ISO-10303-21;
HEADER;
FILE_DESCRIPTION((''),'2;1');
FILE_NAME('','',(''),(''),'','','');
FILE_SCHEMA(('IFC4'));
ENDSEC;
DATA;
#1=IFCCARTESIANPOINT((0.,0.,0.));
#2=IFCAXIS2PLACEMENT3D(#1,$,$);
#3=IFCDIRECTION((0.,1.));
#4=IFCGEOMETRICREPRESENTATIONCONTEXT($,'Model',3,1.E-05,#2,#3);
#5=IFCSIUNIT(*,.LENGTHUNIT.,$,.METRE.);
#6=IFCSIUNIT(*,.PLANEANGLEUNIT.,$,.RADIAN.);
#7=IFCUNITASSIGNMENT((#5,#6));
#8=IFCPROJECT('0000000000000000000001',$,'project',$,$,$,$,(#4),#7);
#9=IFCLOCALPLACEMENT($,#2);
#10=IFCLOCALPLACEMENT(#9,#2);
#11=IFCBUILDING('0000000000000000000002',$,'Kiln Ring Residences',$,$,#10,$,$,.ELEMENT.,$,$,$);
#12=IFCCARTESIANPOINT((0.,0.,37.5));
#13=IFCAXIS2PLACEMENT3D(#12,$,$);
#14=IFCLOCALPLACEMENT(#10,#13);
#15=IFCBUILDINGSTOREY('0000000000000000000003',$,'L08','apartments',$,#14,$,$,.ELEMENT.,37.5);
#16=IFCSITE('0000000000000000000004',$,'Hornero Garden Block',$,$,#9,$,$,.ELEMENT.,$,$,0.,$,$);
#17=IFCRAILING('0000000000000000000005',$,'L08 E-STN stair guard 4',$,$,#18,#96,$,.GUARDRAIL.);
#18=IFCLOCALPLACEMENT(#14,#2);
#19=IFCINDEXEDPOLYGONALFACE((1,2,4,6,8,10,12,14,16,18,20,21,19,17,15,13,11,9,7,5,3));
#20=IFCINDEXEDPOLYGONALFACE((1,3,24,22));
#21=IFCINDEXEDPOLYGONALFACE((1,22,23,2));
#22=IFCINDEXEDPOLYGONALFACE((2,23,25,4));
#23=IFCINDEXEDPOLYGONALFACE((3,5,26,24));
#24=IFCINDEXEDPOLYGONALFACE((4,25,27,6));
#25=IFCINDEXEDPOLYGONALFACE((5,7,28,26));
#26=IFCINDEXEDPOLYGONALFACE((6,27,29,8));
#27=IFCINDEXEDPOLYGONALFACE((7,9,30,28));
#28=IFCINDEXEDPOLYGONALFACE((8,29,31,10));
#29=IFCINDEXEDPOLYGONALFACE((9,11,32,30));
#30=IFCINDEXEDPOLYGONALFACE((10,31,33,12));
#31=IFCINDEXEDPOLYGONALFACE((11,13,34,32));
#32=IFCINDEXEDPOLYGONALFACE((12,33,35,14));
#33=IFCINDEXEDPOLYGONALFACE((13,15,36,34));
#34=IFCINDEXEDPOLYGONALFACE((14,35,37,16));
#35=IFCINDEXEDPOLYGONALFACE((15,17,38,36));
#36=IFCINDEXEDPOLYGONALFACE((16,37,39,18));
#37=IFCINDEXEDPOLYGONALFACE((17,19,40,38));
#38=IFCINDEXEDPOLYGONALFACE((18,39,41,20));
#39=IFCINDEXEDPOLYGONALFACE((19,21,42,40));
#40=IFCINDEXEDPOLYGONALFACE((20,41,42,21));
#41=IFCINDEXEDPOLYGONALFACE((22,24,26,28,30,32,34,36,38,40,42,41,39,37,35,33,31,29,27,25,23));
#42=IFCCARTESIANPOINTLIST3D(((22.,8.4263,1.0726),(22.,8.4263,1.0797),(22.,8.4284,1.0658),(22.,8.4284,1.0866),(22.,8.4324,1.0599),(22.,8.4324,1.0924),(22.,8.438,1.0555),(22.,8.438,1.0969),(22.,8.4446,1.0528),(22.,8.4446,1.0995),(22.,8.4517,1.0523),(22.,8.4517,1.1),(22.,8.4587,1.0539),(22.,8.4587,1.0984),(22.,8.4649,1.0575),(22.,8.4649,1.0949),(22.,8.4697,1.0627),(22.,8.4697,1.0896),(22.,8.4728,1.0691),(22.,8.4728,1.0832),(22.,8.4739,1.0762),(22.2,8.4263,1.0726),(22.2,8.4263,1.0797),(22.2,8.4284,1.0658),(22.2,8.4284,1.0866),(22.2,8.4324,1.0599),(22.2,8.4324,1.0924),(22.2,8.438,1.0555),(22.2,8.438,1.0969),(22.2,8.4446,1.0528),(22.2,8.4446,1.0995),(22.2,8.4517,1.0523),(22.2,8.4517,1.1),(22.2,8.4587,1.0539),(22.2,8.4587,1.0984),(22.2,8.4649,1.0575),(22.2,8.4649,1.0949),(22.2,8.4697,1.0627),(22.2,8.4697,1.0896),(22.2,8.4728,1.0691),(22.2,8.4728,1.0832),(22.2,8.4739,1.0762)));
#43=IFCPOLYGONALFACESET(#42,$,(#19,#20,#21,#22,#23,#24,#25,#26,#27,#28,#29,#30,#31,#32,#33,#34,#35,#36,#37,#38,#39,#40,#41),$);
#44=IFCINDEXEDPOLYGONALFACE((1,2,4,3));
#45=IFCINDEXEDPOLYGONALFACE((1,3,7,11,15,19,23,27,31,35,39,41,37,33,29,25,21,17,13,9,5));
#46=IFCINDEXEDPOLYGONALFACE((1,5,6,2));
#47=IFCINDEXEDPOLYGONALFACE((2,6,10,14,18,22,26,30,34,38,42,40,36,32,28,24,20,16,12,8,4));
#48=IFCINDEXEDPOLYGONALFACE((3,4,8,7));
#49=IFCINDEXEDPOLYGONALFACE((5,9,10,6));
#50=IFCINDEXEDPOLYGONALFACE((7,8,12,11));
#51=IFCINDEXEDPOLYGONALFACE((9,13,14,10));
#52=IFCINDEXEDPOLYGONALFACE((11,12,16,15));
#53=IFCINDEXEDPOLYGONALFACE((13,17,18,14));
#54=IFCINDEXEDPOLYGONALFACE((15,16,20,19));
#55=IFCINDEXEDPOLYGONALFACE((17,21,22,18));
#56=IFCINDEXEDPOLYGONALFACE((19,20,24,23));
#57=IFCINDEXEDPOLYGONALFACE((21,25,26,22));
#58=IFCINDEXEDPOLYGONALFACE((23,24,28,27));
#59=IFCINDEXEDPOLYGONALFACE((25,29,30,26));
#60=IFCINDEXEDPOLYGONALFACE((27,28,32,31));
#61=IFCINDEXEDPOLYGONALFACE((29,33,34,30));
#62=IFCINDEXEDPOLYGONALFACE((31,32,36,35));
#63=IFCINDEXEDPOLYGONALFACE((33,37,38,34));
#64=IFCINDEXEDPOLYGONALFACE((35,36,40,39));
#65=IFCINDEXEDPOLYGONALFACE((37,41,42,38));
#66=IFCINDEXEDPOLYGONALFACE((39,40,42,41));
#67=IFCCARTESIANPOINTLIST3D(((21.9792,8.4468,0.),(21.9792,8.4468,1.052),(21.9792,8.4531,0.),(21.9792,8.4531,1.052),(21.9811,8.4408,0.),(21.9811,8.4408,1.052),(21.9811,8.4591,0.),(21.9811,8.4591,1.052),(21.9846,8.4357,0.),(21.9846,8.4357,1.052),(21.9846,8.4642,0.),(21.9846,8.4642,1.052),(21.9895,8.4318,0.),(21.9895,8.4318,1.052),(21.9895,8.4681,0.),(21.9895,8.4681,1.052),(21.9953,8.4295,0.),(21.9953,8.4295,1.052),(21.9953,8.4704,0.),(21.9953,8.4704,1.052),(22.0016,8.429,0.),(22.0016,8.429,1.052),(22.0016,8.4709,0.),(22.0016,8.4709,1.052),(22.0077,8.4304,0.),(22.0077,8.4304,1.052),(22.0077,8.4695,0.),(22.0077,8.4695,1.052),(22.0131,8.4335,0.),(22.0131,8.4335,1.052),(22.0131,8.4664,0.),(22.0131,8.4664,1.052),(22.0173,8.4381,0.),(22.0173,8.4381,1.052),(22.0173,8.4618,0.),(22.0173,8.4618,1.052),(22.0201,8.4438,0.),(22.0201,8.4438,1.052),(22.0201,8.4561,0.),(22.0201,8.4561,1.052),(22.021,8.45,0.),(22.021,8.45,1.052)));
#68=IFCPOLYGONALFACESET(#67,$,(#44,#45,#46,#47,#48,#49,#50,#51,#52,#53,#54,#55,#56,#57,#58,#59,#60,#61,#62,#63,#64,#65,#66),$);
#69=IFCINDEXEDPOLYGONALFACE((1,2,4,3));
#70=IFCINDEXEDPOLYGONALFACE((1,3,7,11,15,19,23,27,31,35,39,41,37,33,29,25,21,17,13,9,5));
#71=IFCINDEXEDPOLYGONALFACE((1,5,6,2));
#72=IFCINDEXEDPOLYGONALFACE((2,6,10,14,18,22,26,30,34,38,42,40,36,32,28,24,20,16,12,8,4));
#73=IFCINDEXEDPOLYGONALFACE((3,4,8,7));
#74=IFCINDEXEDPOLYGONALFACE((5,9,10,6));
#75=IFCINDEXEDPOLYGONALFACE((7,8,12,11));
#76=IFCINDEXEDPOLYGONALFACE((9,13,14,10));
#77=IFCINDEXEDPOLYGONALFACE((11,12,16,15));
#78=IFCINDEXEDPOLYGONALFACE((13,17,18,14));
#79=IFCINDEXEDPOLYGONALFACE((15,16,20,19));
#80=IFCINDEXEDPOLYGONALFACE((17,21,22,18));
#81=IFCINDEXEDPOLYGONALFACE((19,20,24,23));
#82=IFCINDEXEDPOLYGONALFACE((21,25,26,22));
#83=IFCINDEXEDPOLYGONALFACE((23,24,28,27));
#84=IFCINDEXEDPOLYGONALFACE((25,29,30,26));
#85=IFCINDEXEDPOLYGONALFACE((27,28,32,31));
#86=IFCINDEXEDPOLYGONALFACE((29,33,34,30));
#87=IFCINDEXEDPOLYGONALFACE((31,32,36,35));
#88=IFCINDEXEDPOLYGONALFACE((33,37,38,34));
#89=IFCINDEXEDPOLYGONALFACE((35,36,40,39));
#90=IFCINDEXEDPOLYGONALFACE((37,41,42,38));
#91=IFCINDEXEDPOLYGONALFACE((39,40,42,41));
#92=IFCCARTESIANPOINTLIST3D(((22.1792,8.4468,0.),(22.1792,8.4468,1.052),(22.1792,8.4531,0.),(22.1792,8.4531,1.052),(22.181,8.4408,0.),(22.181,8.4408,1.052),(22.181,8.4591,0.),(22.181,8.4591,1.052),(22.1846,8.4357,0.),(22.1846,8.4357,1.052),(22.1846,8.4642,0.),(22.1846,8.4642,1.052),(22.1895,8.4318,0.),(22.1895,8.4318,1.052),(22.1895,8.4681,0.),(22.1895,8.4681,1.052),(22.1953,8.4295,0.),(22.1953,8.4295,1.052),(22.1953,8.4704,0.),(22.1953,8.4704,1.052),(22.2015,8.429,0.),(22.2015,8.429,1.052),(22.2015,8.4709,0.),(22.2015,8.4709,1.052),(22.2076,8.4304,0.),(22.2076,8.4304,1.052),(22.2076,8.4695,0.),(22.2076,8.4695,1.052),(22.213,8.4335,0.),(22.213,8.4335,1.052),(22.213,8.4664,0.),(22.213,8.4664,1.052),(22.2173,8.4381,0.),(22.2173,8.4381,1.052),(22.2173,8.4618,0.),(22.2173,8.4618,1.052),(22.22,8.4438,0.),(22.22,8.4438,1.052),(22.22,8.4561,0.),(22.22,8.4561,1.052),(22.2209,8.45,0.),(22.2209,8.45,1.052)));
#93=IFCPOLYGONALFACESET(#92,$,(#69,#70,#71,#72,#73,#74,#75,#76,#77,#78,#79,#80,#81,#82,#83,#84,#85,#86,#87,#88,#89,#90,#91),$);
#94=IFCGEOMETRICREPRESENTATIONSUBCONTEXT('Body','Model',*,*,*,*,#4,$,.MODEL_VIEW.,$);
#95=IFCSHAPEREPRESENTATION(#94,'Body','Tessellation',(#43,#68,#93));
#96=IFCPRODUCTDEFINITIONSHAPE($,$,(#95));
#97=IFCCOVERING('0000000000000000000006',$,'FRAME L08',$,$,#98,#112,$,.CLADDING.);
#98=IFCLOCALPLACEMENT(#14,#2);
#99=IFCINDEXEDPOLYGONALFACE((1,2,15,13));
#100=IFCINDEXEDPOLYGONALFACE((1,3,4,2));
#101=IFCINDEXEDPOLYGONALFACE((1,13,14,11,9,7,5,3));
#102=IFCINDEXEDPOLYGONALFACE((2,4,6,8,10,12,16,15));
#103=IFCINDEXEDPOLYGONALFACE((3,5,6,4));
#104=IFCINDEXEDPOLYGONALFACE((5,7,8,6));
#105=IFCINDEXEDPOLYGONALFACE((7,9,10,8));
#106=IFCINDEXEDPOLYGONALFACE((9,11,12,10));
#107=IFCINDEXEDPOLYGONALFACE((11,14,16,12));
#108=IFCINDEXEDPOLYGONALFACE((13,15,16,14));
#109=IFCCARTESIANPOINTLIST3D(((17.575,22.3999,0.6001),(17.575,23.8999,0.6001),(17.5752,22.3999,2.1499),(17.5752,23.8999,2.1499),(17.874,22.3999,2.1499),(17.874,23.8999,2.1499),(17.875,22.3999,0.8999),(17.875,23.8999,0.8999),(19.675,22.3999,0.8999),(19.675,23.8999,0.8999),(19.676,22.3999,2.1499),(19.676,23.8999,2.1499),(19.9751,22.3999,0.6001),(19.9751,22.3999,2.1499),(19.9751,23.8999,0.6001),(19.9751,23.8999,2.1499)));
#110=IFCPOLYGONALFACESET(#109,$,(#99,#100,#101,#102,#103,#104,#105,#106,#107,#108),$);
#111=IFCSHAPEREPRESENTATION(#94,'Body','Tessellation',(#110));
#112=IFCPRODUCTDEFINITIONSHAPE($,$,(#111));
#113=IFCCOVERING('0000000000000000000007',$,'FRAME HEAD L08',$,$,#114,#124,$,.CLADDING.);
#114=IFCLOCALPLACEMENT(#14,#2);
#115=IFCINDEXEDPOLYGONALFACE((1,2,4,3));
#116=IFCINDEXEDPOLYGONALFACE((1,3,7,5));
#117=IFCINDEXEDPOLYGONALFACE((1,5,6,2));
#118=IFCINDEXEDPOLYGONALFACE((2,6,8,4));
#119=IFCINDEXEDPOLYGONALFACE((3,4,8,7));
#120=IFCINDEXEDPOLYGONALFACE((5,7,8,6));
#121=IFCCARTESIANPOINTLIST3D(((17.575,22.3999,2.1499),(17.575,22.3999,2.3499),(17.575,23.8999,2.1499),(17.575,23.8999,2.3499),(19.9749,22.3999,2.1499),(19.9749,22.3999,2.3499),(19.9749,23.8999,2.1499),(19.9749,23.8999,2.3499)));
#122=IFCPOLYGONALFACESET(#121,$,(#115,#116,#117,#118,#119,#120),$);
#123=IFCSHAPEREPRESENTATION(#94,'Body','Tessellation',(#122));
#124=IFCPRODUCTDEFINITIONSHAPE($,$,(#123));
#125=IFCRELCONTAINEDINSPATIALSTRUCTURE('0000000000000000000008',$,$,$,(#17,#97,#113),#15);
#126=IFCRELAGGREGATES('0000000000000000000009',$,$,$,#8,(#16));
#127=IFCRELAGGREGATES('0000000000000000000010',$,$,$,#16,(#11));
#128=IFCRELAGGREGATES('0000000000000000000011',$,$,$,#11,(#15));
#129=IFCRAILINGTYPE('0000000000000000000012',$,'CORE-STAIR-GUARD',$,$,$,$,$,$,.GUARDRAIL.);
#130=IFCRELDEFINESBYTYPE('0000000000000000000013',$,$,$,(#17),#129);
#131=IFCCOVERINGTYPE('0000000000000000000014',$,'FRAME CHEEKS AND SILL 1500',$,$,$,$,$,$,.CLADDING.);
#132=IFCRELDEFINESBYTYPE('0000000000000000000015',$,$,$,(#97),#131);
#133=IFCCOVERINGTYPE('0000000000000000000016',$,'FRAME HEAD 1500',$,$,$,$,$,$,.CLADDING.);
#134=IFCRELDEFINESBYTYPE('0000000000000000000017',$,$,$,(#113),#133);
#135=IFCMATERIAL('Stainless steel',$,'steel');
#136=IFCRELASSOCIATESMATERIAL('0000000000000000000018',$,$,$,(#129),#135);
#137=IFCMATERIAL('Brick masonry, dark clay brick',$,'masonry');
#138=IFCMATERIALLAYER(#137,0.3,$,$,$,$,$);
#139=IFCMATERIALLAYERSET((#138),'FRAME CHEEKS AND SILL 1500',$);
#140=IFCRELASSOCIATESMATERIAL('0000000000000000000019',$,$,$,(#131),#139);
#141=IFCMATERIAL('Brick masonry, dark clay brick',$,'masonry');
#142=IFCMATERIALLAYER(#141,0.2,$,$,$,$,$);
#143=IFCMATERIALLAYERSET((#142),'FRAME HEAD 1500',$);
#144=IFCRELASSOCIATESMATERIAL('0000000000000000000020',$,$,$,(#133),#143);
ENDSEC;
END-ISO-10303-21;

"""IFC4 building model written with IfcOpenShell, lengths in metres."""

from ifc_helpers import new_model, si_unit, direction, frame, origin, origin_2d, place, context, subcontext, project, spatial, polyline, rectangle, circle, outline, extrude, material, layer, layer_set, type_object, element, save


model = new_model("IFC4")

# Units and contexts
model_context = context("Model", 3, precision=1e-05, world=origin(), true_north=direction((0.0, 1.0)))
body_context = subcontext(model_context, "Body", "Model", "MODEL_VIEW")
ifc_project = project(units=[si_unit("LENGTHUNIT", "METRE"), si_unit("PLANEANGLEUNIT", "RADIAN")], contexts=[model_context])

# Site, building, storey
site_placement = place(None, origin())
site = spatial("IfcSite", under=ifc_project, at=site_placement, Name="Hornero Garden Block", CompositionType="ELEMENT", RefElevation=0.0)
building_placement = place(site_placement, origin())
building = spatial("IfcBuilding", under=site, at=building_placement, Name="Kiln Ring Residences", CompositionType="ELEMENT")
storey_placement = place(building_placement, frame((0.0, 0.0, 37.5)))
storey = spatial("IfcBuildingStorey", under=building, at=storey_placement, Name="L08", Description="apartments", CompositionType="ELEMENT", Elevation=37.5)

# Railing
ifc_material_1 = material(Name="Stainless steel", Category="steel")
railing_type = type_object("IfcRailingType", Name="CORE-STAIR-GUARD", PredefinedType="GUARDRAIL", material=ifc_material_1)
railing_placement = place(storey_placement, frame((22.0, 8.45, 0.0)))
element("IfcRailing", 1, at=railing_placement, inside=storey, type_object=railing_type, Name="L08 E-STN stair guard 4", PredefinedType="GUARDRAIL", context=body_context, shape_type="SweptSolid", body=[
    extrude(circle(Radius=0.0239, at=origin_2d()), frame((0.0, 0.0, 1.0762), z_axis=(1.0, 0.0, 0.0), x_axis=(0.0, 1.0, 0.0)), (0.0, 0.0, 1.0), 0.2),
    extrude(circle(Radius=0.021, at=origin_2d()), origin(), (0.0, 0.0, 1.0), 1.052),
    extrude(circle(Radius=0.021, at=origin_2d()), frame((0.2, 0.0, 0.0)), (0.0, 0.0, 1.0), 1.052),
])

# Coverings
ifc_material_2 = material(Name="Brick masonry, dark clay brick", Category="masonry")
ifc_layer_1 = layer(ifc_material_2, 0.3)
ifc_layer_set_1 = layer_set([ifc_layer_1], Name="FRAME CHEEKS AND SILL 1500")
covering_type_1 = type_object("IfcCoveringType", Name="FRAME CHEEKS AND SILL 1500", PredefinedType="CLADDING", material=ifc_layer_set_1)
covering_1_placement = place(storey_placement, frame((19.9751, 23.1499, 0.6001), z_axis=(0.0, 0.0, 1.0), x_axis=(-1.0, 0.0, 0.0)))
element("IfcCovering", 2, at=covering_1_placement, inside=storey, type_object=covering_type_1, Name="FRAME L08", PredefinedType="CLADDING", context=body_context, shape_type="SweptSolid", body=[
    extrude(outline(polyline([(0.0, 0.0), (2.4001, 0.0), (2.3999, 1.5498), (2.1011, 1.5498), (2.1001, 0.2998), (0.3, 0.2998), (0.2991, 1.5498), (0.0, 1.5498), (0.0, 0.0)])), frame((0.0, 0.75, 0.0), z_axis=(0.0, -1.0, 0.0), x_axis=(1.0, 0.0, 0.0)), (0.0, 0.0, 1.0), 1.5),
])
ifc_material_3 = material(Name="Brick masonry, dark clay brick", Category="masonry")
ifc_layer_2 = layer(ifc_material_3, 0.2)
ifc_layer_set_2 = layer_set([ifc_layer_2], Name="FRAME HEAD 1500")
covering_type_2 = type_object("IfcCoveringType", Name="FRAME HEAD 1500", PredefinedType="CLADDING", material=ifc_layer_set_2)
covering_2_placement = place(storey_placement, frame((18.7749, 23.1499, 2.1499), z_axis=(0.0, 0.0, 1.0), x_axis=(-1.0, 0.0, 0.0)))
element("IfcCovering", 3, at=covering_2_placement, inside=storey, type_object=covering_type_2, Name="FRAME HEAD L08", PredefinedType="CLADDING", context=body_context, shape_type="SweptSolid", body=[
    extrude(rectangle(XDim=2.3999, YDim=1.5, at=origin_2d()), origin(), (0.0, 0.0, 1.0), 0.2),
])

save(model, "model.ifc")
